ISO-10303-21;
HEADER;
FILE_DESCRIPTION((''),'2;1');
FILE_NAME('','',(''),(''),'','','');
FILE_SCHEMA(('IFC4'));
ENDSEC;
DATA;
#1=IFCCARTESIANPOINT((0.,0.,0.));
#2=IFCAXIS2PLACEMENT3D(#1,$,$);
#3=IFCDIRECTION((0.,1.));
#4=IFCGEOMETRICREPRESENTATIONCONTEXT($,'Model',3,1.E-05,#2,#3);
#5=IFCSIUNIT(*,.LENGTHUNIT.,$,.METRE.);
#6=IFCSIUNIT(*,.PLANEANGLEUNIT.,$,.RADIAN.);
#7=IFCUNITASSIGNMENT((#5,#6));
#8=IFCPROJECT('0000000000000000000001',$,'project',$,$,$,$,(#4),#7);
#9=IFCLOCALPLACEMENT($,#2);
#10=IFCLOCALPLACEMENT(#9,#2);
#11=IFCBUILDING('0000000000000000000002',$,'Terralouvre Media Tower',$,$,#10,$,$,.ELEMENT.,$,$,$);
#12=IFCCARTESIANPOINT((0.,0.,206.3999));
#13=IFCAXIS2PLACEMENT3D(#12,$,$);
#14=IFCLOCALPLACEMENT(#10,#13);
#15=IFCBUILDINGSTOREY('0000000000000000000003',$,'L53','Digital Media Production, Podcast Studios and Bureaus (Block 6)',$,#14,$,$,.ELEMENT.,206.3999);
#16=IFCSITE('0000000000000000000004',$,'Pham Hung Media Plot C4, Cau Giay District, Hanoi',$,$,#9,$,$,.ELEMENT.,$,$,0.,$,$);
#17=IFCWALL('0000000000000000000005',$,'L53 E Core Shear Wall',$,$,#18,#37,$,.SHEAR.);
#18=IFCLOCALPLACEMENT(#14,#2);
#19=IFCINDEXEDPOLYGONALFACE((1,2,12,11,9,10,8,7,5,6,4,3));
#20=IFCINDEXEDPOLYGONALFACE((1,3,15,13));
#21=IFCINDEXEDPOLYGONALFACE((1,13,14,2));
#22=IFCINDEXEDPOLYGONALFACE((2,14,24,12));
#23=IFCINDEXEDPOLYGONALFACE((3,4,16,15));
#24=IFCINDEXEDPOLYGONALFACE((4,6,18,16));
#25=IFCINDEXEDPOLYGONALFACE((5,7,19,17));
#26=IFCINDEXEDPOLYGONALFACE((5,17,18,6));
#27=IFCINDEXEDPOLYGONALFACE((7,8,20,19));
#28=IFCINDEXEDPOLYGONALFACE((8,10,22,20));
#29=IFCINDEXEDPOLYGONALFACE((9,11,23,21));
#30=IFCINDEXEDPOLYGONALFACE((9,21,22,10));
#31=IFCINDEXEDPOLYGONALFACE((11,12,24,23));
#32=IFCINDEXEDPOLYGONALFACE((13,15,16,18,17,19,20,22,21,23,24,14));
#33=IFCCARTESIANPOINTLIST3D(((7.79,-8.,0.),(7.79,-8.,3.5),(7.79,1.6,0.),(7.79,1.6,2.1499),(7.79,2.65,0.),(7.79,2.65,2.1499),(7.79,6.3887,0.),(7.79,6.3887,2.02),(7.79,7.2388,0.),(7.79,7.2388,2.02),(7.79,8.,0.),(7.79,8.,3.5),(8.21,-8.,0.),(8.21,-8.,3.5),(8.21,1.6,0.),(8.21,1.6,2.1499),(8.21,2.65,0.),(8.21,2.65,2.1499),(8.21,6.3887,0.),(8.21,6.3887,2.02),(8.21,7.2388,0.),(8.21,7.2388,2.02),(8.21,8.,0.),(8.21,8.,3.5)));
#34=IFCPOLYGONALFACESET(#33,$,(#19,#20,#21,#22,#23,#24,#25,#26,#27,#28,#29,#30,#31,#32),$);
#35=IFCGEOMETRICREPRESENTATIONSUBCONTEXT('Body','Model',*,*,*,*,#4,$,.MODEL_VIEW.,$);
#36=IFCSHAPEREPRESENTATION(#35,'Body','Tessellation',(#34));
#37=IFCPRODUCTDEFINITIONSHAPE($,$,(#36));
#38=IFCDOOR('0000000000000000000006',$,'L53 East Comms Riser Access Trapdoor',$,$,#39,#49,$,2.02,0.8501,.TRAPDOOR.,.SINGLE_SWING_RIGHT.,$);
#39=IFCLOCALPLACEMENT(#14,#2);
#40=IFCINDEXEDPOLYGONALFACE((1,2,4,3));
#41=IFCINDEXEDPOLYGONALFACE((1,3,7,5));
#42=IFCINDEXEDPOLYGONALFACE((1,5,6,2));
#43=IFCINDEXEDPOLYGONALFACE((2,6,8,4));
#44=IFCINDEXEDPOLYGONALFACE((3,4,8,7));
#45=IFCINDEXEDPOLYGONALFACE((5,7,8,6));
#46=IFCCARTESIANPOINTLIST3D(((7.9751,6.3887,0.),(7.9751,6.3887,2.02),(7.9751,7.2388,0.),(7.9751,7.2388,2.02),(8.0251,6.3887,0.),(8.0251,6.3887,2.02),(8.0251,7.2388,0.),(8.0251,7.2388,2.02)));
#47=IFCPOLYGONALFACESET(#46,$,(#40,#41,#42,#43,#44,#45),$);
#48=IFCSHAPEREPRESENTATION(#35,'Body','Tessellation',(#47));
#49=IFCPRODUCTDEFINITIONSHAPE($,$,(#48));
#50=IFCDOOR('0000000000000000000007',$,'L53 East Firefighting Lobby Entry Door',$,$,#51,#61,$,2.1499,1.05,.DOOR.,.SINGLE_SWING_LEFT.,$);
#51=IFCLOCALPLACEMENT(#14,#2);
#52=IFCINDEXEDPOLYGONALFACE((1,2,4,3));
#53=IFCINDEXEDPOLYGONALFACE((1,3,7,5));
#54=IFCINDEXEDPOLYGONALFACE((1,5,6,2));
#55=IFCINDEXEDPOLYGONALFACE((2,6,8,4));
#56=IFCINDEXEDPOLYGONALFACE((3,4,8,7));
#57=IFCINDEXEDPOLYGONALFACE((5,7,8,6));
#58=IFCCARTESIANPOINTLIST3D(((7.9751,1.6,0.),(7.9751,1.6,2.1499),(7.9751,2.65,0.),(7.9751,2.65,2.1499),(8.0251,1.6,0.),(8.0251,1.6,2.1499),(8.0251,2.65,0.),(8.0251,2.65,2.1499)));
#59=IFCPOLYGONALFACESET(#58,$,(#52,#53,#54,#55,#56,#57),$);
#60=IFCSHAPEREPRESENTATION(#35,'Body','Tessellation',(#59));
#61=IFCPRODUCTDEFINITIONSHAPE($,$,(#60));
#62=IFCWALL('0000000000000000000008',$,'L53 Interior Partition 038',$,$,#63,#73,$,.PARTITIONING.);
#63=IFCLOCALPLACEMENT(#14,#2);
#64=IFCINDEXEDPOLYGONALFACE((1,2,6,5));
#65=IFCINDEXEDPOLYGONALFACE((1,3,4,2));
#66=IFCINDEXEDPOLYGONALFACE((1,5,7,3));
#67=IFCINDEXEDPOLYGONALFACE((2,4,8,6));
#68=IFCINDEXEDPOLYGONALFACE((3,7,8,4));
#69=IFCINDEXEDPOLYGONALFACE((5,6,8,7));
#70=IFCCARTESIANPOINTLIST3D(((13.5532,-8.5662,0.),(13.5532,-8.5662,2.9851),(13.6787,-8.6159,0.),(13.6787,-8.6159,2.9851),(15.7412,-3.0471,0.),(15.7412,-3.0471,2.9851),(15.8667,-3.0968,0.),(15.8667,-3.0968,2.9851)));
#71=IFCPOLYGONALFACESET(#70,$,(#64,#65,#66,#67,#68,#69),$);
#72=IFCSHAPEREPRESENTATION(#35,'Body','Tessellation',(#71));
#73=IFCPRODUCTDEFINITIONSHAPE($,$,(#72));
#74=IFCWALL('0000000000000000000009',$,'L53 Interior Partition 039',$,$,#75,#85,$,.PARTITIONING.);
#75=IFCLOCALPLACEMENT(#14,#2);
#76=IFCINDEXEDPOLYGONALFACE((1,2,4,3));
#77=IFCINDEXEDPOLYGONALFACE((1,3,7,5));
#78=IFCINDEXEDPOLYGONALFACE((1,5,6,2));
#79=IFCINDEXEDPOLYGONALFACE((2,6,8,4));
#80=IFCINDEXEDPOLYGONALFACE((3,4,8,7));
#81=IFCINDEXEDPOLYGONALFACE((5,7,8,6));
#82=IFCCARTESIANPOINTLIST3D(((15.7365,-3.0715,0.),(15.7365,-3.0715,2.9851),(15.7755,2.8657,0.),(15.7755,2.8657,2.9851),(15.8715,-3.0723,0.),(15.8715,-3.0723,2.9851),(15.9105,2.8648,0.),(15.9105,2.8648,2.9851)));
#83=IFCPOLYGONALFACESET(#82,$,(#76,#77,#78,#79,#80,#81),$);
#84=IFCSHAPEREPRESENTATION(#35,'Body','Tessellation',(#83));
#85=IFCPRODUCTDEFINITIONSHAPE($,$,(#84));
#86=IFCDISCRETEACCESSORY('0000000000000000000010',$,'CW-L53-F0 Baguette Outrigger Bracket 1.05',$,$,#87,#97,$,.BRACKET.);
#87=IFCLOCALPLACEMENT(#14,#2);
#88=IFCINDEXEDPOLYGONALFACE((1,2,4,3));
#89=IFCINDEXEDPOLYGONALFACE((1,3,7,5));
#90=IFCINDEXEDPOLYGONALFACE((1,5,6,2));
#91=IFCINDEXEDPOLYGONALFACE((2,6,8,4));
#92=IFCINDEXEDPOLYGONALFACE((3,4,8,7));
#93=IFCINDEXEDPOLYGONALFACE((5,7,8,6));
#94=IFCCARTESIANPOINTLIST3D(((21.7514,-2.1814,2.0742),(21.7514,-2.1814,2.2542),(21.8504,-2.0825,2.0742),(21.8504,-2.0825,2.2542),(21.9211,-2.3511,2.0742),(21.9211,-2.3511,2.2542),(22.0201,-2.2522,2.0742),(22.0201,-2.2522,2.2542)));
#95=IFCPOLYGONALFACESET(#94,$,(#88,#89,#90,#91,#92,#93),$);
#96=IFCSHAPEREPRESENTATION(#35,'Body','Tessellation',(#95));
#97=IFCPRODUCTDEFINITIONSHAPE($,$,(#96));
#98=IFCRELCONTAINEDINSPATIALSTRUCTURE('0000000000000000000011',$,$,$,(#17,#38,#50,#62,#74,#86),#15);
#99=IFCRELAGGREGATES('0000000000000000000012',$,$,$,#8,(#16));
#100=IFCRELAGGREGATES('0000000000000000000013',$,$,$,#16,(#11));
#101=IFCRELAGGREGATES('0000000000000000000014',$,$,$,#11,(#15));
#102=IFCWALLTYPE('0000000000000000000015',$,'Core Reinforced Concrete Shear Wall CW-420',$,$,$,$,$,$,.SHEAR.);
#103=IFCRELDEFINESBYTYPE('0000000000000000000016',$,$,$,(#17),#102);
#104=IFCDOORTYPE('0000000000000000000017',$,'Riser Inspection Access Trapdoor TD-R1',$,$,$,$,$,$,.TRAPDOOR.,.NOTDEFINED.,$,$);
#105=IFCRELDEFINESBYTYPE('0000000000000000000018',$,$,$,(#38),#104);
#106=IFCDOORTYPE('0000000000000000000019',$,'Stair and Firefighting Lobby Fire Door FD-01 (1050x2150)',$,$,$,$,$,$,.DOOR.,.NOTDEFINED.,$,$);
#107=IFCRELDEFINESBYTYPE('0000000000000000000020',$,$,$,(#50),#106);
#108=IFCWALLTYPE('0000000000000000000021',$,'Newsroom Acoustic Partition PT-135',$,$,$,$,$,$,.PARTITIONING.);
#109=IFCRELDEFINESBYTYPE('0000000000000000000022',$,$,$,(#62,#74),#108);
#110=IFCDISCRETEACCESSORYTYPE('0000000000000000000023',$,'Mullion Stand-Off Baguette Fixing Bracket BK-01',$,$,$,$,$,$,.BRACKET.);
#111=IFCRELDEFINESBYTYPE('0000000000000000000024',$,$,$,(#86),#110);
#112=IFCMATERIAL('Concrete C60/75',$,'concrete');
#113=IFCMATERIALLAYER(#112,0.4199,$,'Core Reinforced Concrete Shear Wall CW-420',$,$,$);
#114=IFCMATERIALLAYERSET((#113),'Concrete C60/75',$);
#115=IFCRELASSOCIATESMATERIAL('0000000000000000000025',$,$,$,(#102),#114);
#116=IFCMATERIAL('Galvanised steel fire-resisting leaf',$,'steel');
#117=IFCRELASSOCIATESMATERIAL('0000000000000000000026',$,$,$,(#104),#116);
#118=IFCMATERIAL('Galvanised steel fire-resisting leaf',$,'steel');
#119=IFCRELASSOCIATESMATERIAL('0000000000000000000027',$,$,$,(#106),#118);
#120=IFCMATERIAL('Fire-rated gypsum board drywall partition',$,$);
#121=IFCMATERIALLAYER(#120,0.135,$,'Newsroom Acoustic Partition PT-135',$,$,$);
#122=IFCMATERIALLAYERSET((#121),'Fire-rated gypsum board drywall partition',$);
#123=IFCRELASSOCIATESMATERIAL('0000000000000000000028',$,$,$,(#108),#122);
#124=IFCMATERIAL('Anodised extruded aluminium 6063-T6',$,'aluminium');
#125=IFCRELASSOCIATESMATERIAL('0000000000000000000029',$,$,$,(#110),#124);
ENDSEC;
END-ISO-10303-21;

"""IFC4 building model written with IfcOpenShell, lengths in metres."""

from ifc_helpers import new_model, si_unit, direction, frame, frame_2d, origin, origin_2d, place, context, subcontext, project, spatial, rectangle, extrude, material, layer, layer_set, type_object, element, fill, save


model = new_model("IFC4")

# Units and contexts
model_context = context("Model", 3, precision=1e-05, world=origin(), true_north=direction((0.0, 1.0)))
body_context = subcontext(model_context, "Body", "Model", "MODEL_VIEW")
ifc_project = project(units=[si_unit("LENGTHUNIT", "METRE"), si_unit("PLANEANGLEUNIT", "RADIAN")], contexts=[model_context])

# Site, building, storey
site_placement = place(None, origin())
site = spatial("IfcSite", under=ifc_project, at=site_placement, Name="Pham Hung Media Plot C4, Cau Giay District, Hanoi", CompositionType="ELEMENT", RefElevation=0.0)
building_placement = place(site_placement, origin())
building = spatial("IfcBuilding", under=site, at=building_placement, Name="Terralouvre Media Tower", CompositionType="ELEMENT")
storey_placement = place(building_placement, frame((0.0, 0.0, 206.3999)))
storey = spatial("IfcBuildingStorey", under=building, at=storey_placement, Name="L53", Description="Digital Media Production, Podcast Studios and Bureaus (Block 6)", CompositionType="ELEMENT", Elevation=206.3999)

# Wall, openings, doors
ifc_material_1 = material(Name="Concrete C60/75", Category="concrete")
ifc_layer_1 = layer(ifc_material_1, 0.4199, Name="Core Reinforced Concrete Shear Wall CW-420")
ifc_layer_set_1 = layer_set([ifc_layer_1], Name="Concrete C60/75")
wall_type_1 = type_object("IfcWallType", Name="Core Reinforced Concrete Shear Wall CW-420", PredefinedType="SHEAR", material=ifc_layer_set_1)
wall_1_placement = place(storey_placement, frame((8.0, -8.0, 0.0), z_axis=(0.0, 0.0, 1.0), x_axis=(0.0, 1.0, 0.0)))
wall_1 = element("IfcWall", 1, at=wall_1_placement, inside=storey, type_object=wall_type_1, Name="L53 E Core Shear Wall", PredefinedType="SHEAR", context=body_context, shape_type="SweptSolid", body=[
    extrude(rectangle(XDim=16.0, YDim=0.4199, at=frame_2d((8.0, 0.0))), origin(), (0.0, 0.0, 1.0), 3.5),
])
opening_1_placement = place(wall_1_placement, frame((9.6001, 0.0, 0.0)))
opening_1 = element("IfcOpeningElement", 2, at=opening_1_placement, cuts=wall_1, PredefinedType="OPENING", context=body_context, shape_type="SweptSolid", body=[
    extrude(rectangle(XDim=1.05, YDim=2.1499, at=frame_2d((0.5249, 1.075))), frame((0.0, 0.22, 0.0), z_axis=(0.0, -1.0, 0.0), x_axis=(1.0, 0.0, 0.0)), (0.0, 0.0, 1.0), 0.4399),
])
opening_2_placement = place(wall_1_placement, frame((14.3887, 0.0, 0.0)))
opening_2 = element("IfcOpeningElement", 3, at=opening_2_placement, cuts=wall_1, PredefinedType="OPENING", context=body_context, shape_type="SweptSolid", body=[
    extrude(rectangle(XDim=0.8501, YDim=2.02, at=frame_2d((0.425, 1.01))), frame((0.0, 0.22, 0.0), z_axis=(0.0, -1.0, 0.0), x_axis=(1.0, 0.0, 0.0)), (0.0, 0.0, 1.0), 0.4399),
])
ifc_material_2 = material(Name="Galvanised steel fire-resisting leaf", Category="steel")
door_type_1 = type_object("IfcDoorType", Name="Riser Inspection Access Trapdoor TD-R1", OperationType="NOTDEFINED", PredefinedType="TRAPDOOR", material=ifc_material_2)
door_1_placement = place(opening_2_placement, origin())
door_1 = element("IfcDoor", 4, at=door_1_placement, inside=storey, type_object=door_type_1, Name="L53 East Comms Riser Access Trapdoor", OperationType="SINGLE_SWING_RIGHT", OverallHeight=2.02, OverallWidth=0.8501, PredefinedType="TRAPDOOR", context=body_context, shape_type="SweptSolid", body=[
    extrude(rectangle(XDim=0.8501, YDim=2.02, at=frame_2d((0.425, 1.01))), frame((0.0, 0.0249, 0.0), z_axis=(0.0, -1.0, 0.0), x_axis=(1.0, 0.0, 0.0)), (0.0, 0.0, 1.0), 0.05),
])
fill(opening_2, door_1)
ifc_material_3 = material(Name="Galvanised steel fire-resisting leaf", Category="steel")
door_type_2 = type_object("IfcDoorType", Name="Stair and Firefighting Lobby Fire Door FD-01 (1050x2150)", OperationType="NOTDEFINED", PredefinedType="DOOR", material=ifc_material_3)
door_2_placement = place(opening_1_placement, origin())
door_2 = element("IfcDoor", 5, at=door_2_placement, inside=storey, type_object=door_type_2, Name="L53 East Firefighting Lobby Entry Door", OperationType="SINGLE_SWING_LEFT", OverallHeight=2.1499, OverallWidth=1.05, PredefinedType="DOOR", context=body_context, shape_type="SweptSolid", body=[
    extrude(rectangle(XDim=1.05, YDim=2.1499, at=frame_2d((0.5249, 1.075))), frame((0.0, 0.0249, 0.0), z_axis=(0.0, -1.0, 0.0), x_axis=(1.0, 0.0, 0.0)), (0.0, 0.0, 1.0), 0.05),
])
fill(opening_1, door_2)

# Walls
ifc_material_4 = material(Name="Fire-rated gypsum board drywall partition")
ifc_layer_2 = layer(ifc_material_4, 0.135, Name="Newsroom Acoustic Partition PT-135")
ifc_layer_set_2 = layer_set([ifc_layer_2], Name="Fire-rated gypsum board drywall partition")
wall_type_2 = type_object("IfcWallType", Name="Newsroom Acoustic Partition PT-135", PredefinedType="PARTITIONING", material=ifc_layer_set_2)
wall_2_placement = place(storey_placement, frame((13.616, -8.5911, 0.0), z_axis=(0.0, 0.0, 1.0), x_axis=(0.368539, 0.929612, 0.0)))
element("IfcWall", 6, at=wall_2_placement, inside=storey, type_object=wall_type_2, Name="L53 Interior Partition 038", PredefinedType="PARTITIONING", context=body_context, shape_type="SweptSolid", body=[
    extrude(rectangle(XDim=5.937, YDim=0.135, at=frame_2d((2.9685, 0.0))), origin(), (0.0, 0.0, 1.0), 2.9851),
])
wall_3_placement = place(storey_placement, frame((15.804, -3.072, 0.0), z_axis=(0.0, 0.0, 1.0), x_axis=(0.006579, 0.999978, 0.0)))
element("IfcWall", 7, at=wall_3_placement, inside=storey, type_object=wall_type_2, Name="L53 Interior Partition 039", PredefinedType="PARTITIONING", context=body_context, shape_type="SweptSolid", body=[
    extrude(rectangle(XDim=5.9373, YDim=0.135, at=frame_2d((2.9688, 0.0))), origin(), (0.0, 0.0, 1.0), 2.9851),
])

# Discrete accessory
ifc_material_5 = material(Name="Anodised extruded aluminium 6063-T6", Category="aluminium")
discrete_accessory_type = type_object("IfcDiscreteAccessoryType", Name="Mullion Stand-Off Baguette Fixing Bracket BK-01", PredefinedType="BRACKET", material=ifc_material_5)
discrete_accessory_placement = place(storey_placement, frame((21.8857, -2.2168, 2.0742), z_axis=(0.0, 0.0, 1.0), x_axis=(0.707107, 0.707107, 0.0)))
element("IfcDiscreteAccessory", 8, at=discrete_accessory_placement, inside=storey, type_object=discrete_accessory_type, Name="CW-L53-F0 Baguette Outrigger Bracket 1.05", PredefinedType="BRACKET", context=body_context, shape_type="SweptSolid", body=[
    extrude(rectangle(XDim=0.1399, YDim=0.24, at=origin_2d()), origin(), (0.0, 0.0, 1.0), 0.1799),
])

save(model, "model.ifc")
